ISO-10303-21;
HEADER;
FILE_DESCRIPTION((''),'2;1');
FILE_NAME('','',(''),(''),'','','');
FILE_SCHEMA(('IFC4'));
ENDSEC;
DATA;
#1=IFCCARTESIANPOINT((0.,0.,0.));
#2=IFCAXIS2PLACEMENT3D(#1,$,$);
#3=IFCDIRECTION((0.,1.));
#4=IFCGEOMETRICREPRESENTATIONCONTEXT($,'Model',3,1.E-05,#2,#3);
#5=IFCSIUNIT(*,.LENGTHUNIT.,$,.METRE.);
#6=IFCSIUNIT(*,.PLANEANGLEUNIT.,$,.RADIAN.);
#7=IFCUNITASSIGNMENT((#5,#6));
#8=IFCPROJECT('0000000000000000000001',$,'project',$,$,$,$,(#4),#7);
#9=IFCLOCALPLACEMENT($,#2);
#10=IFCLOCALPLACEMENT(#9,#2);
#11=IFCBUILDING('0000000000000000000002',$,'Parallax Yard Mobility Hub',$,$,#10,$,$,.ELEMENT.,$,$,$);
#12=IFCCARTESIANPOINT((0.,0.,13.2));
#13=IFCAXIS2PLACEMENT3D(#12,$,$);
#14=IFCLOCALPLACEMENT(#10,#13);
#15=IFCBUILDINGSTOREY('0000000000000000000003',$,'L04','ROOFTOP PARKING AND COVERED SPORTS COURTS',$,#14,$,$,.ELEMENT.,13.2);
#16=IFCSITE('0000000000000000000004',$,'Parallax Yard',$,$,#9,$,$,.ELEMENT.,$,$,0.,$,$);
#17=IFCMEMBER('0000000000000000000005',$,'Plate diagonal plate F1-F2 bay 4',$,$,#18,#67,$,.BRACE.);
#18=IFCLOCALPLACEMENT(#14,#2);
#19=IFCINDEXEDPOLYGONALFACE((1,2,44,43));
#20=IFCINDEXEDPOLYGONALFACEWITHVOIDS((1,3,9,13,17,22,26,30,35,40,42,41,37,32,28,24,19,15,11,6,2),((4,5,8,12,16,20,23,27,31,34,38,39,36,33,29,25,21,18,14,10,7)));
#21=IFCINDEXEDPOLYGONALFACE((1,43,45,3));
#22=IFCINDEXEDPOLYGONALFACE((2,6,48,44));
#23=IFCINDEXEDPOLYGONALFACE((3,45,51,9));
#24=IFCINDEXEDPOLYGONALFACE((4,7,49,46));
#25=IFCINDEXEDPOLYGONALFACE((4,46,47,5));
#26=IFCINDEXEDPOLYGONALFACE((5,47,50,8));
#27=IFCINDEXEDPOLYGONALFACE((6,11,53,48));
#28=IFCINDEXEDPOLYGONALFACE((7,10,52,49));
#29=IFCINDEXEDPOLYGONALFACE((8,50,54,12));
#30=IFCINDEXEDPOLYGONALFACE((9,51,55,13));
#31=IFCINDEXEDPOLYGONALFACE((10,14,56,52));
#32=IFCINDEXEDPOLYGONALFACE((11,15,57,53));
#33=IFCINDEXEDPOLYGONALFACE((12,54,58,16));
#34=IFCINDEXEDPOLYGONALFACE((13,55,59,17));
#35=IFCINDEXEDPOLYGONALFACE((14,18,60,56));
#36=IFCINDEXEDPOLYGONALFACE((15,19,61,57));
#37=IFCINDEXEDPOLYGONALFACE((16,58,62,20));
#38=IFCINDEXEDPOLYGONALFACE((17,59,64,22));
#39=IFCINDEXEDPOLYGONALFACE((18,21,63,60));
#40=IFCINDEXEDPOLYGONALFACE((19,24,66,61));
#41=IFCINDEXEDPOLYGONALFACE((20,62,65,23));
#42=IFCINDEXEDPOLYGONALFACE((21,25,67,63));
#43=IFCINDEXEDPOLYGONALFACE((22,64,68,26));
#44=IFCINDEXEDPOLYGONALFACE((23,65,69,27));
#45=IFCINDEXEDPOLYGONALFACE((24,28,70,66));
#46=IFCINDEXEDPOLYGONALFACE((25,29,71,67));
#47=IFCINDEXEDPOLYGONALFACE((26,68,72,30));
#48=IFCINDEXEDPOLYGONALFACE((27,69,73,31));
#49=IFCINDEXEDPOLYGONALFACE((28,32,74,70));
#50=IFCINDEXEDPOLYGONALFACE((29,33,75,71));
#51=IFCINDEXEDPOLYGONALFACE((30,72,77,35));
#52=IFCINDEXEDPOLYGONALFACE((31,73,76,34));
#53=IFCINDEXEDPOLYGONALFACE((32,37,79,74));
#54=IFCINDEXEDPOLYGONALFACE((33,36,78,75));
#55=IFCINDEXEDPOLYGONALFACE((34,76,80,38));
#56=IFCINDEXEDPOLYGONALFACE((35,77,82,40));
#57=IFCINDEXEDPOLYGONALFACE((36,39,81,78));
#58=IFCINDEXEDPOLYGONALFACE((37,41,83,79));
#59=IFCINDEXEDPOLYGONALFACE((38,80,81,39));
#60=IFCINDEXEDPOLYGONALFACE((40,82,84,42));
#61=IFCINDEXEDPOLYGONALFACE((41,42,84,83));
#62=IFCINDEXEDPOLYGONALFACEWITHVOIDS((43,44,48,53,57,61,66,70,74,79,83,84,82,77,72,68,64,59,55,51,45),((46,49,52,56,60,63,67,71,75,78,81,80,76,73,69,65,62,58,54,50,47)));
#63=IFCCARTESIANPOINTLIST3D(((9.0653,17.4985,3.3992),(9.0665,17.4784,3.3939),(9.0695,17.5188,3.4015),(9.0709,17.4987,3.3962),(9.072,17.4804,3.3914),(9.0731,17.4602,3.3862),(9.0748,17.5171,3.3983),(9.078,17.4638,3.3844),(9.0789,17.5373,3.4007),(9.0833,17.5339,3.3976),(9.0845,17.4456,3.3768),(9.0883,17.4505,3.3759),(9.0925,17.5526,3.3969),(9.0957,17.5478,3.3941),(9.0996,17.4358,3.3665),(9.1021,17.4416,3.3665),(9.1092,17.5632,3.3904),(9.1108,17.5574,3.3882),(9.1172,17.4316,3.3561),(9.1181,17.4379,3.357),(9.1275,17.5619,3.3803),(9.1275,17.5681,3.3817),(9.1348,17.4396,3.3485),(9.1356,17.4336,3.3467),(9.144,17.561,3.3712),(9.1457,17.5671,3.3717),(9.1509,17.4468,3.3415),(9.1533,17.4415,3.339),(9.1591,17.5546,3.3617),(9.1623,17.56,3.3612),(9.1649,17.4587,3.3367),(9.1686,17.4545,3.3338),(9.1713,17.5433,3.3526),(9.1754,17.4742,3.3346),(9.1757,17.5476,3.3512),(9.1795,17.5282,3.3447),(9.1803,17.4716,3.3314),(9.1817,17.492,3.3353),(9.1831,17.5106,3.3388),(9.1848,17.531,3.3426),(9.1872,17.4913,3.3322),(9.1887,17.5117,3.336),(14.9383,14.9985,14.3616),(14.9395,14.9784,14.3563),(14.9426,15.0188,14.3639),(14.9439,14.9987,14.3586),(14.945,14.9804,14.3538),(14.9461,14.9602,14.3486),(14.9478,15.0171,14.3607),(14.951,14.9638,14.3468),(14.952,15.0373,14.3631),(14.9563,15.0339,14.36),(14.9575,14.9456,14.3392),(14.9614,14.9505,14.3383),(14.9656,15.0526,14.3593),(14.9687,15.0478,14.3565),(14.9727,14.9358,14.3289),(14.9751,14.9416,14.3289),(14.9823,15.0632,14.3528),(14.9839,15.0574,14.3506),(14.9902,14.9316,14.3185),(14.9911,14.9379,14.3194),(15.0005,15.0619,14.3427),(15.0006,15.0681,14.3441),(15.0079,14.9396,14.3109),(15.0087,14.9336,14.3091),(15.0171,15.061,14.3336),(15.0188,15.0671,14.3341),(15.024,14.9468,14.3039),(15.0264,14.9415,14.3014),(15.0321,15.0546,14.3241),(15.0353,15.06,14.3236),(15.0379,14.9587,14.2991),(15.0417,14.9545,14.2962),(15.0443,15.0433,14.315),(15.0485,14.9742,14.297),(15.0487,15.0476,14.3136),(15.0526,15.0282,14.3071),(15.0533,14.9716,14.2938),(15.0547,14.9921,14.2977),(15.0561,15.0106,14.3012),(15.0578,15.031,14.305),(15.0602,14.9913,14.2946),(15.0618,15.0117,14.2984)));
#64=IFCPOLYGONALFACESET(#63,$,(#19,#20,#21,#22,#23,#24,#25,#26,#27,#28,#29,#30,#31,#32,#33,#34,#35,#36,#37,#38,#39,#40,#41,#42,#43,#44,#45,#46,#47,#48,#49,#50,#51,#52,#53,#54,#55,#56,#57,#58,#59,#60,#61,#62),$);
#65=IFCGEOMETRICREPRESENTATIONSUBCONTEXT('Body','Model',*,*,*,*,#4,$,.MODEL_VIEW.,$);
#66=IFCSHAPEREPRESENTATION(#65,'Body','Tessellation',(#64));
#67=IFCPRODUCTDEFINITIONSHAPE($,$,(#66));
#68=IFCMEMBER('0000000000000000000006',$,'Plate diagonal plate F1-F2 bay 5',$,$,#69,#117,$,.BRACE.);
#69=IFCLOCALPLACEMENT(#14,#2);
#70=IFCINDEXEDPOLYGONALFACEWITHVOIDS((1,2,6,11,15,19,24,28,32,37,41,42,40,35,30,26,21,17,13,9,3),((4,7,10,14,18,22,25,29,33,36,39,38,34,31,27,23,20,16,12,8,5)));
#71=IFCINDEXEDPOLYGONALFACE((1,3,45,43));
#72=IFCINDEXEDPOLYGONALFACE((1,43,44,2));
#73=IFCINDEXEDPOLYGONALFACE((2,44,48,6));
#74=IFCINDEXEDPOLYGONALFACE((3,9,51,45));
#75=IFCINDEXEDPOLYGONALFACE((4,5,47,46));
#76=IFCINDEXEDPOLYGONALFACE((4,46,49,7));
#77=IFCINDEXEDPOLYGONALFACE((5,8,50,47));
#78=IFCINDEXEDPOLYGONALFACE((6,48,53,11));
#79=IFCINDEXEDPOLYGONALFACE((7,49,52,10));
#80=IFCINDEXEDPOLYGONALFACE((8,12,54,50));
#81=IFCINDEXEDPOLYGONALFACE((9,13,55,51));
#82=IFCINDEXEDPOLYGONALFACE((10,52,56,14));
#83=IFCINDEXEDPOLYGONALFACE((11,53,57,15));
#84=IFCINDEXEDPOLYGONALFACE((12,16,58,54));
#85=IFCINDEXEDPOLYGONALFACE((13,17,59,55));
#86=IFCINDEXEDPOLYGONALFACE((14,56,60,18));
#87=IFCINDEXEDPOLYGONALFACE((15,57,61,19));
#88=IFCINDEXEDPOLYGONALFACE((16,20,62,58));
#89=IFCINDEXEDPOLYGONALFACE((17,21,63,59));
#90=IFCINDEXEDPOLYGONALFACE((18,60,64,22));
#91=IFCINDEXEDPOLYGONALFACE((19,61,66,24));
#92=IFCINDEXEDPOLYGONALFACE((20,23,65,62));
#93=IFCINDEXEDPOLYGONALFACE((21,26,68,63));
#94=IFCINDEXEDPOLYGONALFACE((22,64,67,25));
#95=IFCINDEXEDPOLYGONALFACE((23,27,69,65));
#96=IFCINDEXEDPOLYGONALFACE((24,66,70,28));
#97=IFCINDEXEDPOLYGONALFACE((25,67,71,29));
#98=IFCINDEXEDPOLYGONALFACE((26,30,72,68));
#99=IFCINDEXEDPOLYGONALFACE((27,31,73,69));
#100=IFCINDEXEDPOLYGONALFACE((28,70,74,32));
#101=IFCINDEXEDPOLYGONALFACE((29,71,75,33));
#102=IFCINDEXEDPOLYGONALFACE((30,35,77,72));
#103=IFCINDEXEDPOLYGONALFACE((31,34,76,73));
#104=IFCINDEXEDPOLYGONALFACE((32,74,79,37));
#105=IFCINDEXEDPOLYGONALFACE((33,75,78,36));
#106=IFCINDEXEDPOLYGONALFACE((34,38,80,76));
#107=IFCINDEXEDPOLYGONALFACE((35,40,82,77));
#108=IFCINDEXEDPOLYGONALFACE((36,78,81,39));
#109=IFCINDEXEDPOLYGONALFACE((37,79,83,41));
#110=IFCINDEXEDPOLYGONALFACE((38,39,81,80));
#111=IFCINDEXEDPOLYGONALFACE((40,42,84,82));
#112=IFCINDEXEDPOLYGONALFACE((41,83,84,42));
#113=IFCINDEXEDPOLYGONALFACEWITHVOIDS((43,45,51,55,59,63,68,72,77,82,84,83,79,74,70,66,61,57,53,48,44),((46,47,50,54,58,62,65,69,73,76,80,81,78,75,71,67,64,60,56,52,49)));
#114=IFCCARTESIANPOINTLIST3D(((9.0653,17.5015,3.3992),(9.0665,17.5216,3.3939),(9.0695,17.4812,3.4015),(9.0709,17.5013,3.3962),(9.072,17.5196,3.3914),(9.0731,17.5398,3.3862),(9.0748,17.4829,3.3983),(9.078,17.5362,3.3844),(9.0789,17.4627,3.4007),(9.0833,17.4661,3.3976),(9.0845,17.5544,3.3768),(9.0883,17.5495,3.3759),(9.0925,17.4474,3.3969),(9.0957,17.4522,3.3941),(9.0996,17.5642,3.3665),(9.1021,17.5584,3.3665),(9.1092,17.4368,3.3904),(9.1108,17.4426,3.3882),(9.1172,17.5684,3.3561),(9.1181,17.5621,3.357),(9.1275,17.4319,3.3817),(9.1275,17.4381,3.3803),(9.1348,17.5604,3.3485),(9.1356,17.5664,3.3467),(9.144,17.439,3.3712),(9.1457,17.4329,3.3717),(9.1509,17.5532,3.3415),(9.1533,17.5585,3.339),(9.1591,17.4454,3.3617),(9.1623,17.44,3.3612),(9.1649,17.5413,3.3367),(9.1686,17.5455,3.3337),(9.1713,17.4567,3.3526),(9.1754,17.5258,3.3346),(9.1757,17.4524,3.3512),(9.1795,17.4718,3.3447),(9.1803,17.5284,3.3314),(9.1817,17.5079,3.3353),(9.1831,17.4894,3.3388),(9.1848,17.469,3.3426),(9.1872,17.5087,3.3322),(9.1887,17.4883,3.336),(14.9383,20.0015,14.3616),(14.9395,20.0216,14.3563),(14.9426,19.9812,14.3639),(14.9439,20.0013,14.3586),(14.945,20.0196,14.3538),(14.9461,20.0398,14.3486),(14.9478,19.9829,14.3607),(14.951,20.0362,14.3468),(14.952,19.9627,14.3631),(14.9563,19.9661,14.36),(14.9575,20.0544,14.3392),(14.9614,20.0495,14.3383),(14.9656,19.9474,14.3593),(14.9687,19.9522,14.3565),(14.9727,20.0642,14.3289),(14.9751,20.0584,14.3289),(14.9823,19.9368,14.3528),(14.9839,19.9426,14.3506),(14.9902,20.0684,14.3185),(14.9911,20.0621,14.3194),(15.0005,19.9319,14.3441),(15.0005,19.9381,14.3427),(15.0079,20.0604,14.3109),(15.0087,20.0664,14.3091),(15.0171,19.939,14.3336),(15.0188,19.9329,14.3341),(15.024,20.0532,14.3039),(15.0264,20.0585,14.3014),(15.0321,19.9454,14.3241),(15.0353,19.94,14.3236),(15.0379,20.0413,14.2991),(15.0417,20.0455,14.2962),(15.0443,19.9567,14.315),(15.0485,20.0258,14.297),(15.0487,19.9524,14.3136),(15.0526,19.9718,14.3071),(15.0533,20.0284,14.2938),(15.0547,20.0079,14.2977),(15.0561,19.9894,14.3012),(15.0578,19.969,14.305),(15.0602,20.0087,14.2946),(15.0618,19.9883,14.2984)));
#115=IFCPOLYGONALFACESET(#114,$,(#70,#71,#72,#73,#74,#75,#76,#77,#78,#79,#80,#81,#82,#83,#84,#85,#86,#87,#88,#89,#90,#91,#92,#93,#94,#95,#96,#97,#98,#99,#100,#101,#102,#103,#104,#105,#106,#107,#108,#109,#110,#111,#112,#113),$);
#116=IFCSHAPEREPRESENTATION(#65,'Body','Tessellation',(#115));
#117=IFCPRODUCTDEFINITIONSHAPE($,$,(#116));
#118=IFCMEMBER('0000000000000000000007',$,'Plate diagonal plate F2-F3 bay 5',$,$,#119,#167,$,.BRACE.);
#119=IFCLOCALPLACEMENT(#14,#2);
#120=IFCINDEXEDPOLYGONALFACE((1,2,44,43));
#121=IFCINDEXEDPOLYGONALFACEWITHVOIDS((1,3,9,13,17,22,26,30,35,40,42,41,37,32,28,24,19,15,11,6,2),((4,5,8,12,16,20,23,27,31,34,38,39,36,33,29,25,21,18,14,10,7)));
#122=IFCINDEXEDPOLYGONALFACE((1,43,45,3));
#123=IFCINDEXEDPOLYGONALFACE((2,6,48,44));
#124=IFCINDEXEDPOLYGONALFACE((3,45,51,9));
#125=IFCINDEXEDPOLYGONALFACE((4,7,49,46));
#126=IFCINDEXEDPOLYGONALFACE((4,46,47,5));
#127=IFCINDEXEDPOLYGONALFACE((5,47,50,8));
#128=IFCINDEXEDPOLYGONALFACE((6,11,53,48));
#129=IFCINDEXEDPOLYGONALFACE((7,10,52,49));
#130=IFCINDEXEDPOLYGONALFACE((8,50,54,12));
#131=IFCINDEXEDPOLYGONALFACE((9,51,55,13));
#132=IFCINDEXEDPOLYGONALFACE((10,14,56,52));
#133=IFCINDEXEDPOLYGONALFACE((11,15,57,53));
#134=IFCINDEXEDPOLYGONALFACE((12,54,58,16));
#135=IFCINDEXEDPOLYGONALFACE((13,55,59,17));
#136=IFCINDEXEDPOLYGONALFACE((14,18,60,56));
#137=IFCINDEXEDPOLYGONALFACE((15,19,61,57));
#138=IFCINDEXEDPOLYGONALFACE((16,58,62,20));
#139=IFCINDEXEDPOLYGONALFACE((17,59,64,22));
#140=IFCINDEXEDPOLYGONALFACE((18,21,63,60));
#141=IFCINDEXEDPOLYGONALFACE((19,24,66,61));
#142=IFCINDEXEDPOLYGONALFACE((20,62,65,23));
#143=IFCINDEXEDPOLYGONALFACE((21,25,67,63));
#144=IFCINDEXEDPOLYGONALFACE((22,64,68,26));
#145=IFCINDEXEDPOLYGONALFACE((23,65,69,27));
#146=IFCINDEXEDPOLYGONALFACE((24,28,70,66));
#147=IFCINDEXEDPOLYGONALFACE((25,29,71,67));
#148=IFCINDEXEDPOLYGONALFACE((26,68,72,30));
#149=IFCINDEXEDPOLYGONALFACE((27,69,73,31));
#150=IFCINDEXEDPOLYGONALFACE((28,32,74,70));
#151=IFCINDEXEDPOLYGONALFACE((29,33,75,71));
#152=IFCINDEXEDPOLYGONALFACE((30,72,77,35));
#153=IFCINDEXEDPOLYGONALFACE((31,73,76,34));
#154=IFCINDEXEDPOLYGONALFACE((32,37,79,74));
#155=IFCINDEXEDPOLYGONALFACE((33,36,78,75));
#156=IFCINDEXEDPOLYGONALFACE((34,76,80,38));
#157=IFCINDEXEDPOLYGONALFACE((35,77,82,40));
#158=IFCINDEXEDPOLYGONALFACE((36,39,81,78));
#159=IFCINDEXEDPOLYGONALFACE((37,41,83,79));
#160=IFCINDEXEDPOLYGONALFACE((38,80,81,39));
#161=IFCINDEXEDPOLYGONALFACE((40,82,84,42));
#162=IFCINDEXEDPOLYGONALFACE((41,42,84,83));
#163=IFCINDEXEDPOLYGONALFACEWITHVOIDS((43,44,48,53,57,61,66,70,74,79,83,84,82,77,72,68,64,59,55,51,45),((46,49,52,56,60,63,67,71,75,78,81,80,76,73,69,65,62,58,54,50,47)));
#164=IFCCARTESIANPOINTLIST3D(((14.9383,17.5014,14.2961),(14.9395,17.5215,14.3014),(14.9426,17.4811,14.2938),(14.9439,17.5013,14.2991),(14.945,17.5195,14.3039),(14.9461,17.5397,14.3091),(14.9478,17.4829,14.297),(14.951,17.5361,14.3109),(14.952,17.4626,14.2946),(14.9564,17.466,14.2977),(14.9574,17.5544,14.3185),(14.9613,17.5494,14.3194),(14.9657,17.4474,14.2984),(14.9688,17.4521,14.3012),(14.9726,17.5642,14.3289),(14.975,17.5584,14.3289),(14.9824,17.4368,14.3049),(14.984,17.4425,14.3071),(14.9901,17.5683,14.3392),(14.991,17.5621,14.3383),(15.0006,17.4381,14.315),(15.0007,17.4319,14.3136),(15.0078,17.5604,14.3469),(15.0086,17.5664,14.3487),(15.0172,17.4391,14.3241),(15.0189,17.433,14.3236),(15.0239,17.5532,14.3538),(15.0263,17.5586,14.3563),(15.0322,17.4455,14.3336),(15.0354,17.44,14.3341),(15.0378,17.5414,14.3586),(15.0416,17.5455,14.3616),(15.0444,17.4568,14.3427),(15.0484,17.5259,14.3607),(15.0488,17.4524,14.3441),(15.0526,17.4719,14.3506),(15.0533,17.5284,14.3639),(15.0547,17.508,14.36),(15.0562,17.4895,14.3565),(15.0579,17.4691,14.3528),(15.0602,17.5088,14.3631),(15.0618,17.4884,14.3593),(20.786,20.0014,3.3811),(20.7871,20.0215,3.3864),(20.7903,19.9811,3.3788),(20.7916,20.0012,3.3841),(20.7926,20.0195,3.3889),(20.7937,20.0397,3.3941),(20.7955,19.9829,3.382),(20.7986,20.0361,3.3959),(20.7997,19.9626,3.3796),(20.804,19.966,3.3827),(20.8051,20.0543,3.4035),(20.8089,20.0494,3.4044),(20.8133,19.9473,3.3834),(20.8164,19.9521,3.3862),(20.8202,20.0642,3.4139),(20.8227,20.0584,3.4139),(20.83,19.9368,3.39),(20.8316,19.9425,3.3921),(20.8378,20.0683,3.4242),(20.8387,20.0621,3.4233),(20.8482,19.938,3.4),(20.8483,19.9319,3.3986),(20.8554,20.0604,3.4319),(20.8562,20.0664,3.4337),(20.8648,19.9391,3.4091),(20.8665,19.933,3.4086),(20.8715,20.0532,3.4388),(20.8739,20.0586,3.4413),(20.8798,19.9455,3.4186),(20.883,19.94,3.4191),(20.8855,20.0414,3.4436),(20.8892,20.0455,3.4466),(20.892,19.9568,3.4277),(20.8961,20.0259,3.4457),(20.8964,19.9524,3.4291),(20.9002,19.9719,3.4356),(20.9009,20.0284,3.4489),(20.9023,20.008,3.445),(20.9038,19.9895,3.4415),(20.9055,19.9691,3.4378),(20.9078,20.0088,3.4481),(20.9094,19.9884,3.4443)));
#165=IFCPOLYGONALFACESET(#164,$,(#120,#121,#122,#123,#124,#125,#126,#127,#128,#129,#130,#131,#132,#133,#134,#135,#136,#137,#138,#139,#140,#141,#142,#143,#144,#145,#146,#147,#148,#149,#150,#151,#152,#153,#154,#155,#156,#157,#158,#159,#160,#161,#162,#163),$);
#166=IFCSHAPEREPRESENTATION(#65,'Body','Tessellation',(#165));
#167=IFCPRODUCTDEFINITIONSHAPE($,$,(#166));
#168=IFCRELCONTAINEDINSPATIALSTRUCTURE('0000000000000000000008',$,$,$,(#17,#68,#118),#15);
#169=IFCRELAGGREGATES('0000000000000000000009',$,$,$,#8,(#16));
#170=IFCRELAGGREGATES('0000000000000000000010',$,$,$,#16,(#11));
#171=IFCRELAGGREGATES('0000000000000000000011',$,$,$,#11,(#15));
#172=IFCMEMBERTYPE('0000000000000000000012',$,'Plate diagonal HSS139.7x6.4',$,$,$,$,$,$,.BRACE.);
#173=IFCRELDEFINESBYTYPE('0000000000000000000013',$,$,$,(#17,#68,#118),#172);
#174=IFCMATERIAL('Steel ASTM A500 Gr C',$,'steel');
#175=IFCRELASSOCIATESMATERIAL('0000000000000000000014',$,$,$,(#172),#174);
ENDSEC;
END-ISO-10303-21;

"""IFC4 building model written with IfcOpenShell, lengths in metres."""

from ifc_helpers import new_model, si_unit, direction, frame, origin, origin_2d, place, context, subcontext, project, spatial, hollow_circle, extrude, material, material_profile, profile_set, type_object, element, save


model = new_model("IFC4")

# Units and contexts
model_context = context("Model", 3, precision=1e-05, world=origin(), true_north=direction((0.0, 1.0)))
body_context = subcontext(model_context, "Body", "Model", "MODEL_VIEW")
ifc_project = project(units=[si_unit("LENGTHUNIT", "METRE"), si_unit("PLANEANGLEUNIT", "RADIAN")], contexts=[model_context])

# Site, building, storey
site_placement = place(None, origin())
site = spatial("IfcSite", under=ifc_project, at=site_placement, Name="Parallax Yard", CompositionType="ELEMENT", RefElevation=0.0)
building_placement = place(site_placement, origin())
building = spatial("IfcBuilding", under=site, at=building_placement, Name="Parallax Yard Mobility Hub", CompositionType="ELEMENT")
storey_placement = place(building_placement, frame((0.0, 0.0, 13.2)))
storey = spatial("IfcBuildingStorey", under=building, at=storey_placement, Name="L04", Description="ROOFTOP PARKING AND COVERED SPORTS COURTS", CompositionType="ELEMENT", Elevation=13.2)

# Members
ifc_material_1 = material(Name="Steel ASTM A500 Gr C", Category="steel")
ifc_material_profile_1 = material_profile(ifc_material_1, hollow_circle(Radius=0.0698, WallThickness=0.0063, at=origin_2d()), Name="HSS139.7x6.4")
ifc_profile_set_1 = profile_set([ifc_material_profile_1], Name="Steel ASTM A500 Gr C")
member_type_1 = type_object("IfcMemberType", Name="Plate diagonal HSS139.7x6.4", PredefinedType="BRACE", material=ifc_profile_set_1)
for number, where, z_axis, x_axis, name in (
    (1, (15.0, 15.0, 14.3289), (-0.46298, 0.197078, -0.864181), (-0.391665, -0.920108, 0.0), "Plate diagonal plate F1-F2 bay 4"),
    (2, (9.127, 17.5, 3.3665), (0.46298, 0.197078, 0.864181), (-0.391665, 0.920108, 0.0), "Plate diagonal plate F1-F2 bay 5"),
):
    element("IfcMember", number, at=place(storey_placement, frame(where, z_axis=z_axis, x_axis=x_axis)), inside=storey, type_object=member_type_1, Name=name, PredefinedType="BRACE", context=body_context, shape_type="SweptSolid", body=[
        extrude(hollow_circle(Radius=0.0698, WallThickness=0.0063, at=origin_2d()), origin(), (0.0, 0.0, 1.0), 12.6853),
    ])
member_1_placement = place(storey_placement, frame((15.0, 17.5, 14.3289), z_axis=(0.462901, 0.1979, -0.864036), x_axis=(-0.393104, 0.919494, 0.0)))
element("IfcMember", 3, at=member_1_placement, inside=storey, type_object=member_type_1, Name="Plate diagonal plate F2-F3 bay 5", PredefinedType="BRACE", context=body_context, shape_type="SweptSolid", body=[
    extrude(hollow_circle(Radius=0.0698, WallThickness=0.0063, at=origin_2d()), origin(), (0.0, 0.0, 1.0), 12.6326),
])

save(model, "model.ifc")
